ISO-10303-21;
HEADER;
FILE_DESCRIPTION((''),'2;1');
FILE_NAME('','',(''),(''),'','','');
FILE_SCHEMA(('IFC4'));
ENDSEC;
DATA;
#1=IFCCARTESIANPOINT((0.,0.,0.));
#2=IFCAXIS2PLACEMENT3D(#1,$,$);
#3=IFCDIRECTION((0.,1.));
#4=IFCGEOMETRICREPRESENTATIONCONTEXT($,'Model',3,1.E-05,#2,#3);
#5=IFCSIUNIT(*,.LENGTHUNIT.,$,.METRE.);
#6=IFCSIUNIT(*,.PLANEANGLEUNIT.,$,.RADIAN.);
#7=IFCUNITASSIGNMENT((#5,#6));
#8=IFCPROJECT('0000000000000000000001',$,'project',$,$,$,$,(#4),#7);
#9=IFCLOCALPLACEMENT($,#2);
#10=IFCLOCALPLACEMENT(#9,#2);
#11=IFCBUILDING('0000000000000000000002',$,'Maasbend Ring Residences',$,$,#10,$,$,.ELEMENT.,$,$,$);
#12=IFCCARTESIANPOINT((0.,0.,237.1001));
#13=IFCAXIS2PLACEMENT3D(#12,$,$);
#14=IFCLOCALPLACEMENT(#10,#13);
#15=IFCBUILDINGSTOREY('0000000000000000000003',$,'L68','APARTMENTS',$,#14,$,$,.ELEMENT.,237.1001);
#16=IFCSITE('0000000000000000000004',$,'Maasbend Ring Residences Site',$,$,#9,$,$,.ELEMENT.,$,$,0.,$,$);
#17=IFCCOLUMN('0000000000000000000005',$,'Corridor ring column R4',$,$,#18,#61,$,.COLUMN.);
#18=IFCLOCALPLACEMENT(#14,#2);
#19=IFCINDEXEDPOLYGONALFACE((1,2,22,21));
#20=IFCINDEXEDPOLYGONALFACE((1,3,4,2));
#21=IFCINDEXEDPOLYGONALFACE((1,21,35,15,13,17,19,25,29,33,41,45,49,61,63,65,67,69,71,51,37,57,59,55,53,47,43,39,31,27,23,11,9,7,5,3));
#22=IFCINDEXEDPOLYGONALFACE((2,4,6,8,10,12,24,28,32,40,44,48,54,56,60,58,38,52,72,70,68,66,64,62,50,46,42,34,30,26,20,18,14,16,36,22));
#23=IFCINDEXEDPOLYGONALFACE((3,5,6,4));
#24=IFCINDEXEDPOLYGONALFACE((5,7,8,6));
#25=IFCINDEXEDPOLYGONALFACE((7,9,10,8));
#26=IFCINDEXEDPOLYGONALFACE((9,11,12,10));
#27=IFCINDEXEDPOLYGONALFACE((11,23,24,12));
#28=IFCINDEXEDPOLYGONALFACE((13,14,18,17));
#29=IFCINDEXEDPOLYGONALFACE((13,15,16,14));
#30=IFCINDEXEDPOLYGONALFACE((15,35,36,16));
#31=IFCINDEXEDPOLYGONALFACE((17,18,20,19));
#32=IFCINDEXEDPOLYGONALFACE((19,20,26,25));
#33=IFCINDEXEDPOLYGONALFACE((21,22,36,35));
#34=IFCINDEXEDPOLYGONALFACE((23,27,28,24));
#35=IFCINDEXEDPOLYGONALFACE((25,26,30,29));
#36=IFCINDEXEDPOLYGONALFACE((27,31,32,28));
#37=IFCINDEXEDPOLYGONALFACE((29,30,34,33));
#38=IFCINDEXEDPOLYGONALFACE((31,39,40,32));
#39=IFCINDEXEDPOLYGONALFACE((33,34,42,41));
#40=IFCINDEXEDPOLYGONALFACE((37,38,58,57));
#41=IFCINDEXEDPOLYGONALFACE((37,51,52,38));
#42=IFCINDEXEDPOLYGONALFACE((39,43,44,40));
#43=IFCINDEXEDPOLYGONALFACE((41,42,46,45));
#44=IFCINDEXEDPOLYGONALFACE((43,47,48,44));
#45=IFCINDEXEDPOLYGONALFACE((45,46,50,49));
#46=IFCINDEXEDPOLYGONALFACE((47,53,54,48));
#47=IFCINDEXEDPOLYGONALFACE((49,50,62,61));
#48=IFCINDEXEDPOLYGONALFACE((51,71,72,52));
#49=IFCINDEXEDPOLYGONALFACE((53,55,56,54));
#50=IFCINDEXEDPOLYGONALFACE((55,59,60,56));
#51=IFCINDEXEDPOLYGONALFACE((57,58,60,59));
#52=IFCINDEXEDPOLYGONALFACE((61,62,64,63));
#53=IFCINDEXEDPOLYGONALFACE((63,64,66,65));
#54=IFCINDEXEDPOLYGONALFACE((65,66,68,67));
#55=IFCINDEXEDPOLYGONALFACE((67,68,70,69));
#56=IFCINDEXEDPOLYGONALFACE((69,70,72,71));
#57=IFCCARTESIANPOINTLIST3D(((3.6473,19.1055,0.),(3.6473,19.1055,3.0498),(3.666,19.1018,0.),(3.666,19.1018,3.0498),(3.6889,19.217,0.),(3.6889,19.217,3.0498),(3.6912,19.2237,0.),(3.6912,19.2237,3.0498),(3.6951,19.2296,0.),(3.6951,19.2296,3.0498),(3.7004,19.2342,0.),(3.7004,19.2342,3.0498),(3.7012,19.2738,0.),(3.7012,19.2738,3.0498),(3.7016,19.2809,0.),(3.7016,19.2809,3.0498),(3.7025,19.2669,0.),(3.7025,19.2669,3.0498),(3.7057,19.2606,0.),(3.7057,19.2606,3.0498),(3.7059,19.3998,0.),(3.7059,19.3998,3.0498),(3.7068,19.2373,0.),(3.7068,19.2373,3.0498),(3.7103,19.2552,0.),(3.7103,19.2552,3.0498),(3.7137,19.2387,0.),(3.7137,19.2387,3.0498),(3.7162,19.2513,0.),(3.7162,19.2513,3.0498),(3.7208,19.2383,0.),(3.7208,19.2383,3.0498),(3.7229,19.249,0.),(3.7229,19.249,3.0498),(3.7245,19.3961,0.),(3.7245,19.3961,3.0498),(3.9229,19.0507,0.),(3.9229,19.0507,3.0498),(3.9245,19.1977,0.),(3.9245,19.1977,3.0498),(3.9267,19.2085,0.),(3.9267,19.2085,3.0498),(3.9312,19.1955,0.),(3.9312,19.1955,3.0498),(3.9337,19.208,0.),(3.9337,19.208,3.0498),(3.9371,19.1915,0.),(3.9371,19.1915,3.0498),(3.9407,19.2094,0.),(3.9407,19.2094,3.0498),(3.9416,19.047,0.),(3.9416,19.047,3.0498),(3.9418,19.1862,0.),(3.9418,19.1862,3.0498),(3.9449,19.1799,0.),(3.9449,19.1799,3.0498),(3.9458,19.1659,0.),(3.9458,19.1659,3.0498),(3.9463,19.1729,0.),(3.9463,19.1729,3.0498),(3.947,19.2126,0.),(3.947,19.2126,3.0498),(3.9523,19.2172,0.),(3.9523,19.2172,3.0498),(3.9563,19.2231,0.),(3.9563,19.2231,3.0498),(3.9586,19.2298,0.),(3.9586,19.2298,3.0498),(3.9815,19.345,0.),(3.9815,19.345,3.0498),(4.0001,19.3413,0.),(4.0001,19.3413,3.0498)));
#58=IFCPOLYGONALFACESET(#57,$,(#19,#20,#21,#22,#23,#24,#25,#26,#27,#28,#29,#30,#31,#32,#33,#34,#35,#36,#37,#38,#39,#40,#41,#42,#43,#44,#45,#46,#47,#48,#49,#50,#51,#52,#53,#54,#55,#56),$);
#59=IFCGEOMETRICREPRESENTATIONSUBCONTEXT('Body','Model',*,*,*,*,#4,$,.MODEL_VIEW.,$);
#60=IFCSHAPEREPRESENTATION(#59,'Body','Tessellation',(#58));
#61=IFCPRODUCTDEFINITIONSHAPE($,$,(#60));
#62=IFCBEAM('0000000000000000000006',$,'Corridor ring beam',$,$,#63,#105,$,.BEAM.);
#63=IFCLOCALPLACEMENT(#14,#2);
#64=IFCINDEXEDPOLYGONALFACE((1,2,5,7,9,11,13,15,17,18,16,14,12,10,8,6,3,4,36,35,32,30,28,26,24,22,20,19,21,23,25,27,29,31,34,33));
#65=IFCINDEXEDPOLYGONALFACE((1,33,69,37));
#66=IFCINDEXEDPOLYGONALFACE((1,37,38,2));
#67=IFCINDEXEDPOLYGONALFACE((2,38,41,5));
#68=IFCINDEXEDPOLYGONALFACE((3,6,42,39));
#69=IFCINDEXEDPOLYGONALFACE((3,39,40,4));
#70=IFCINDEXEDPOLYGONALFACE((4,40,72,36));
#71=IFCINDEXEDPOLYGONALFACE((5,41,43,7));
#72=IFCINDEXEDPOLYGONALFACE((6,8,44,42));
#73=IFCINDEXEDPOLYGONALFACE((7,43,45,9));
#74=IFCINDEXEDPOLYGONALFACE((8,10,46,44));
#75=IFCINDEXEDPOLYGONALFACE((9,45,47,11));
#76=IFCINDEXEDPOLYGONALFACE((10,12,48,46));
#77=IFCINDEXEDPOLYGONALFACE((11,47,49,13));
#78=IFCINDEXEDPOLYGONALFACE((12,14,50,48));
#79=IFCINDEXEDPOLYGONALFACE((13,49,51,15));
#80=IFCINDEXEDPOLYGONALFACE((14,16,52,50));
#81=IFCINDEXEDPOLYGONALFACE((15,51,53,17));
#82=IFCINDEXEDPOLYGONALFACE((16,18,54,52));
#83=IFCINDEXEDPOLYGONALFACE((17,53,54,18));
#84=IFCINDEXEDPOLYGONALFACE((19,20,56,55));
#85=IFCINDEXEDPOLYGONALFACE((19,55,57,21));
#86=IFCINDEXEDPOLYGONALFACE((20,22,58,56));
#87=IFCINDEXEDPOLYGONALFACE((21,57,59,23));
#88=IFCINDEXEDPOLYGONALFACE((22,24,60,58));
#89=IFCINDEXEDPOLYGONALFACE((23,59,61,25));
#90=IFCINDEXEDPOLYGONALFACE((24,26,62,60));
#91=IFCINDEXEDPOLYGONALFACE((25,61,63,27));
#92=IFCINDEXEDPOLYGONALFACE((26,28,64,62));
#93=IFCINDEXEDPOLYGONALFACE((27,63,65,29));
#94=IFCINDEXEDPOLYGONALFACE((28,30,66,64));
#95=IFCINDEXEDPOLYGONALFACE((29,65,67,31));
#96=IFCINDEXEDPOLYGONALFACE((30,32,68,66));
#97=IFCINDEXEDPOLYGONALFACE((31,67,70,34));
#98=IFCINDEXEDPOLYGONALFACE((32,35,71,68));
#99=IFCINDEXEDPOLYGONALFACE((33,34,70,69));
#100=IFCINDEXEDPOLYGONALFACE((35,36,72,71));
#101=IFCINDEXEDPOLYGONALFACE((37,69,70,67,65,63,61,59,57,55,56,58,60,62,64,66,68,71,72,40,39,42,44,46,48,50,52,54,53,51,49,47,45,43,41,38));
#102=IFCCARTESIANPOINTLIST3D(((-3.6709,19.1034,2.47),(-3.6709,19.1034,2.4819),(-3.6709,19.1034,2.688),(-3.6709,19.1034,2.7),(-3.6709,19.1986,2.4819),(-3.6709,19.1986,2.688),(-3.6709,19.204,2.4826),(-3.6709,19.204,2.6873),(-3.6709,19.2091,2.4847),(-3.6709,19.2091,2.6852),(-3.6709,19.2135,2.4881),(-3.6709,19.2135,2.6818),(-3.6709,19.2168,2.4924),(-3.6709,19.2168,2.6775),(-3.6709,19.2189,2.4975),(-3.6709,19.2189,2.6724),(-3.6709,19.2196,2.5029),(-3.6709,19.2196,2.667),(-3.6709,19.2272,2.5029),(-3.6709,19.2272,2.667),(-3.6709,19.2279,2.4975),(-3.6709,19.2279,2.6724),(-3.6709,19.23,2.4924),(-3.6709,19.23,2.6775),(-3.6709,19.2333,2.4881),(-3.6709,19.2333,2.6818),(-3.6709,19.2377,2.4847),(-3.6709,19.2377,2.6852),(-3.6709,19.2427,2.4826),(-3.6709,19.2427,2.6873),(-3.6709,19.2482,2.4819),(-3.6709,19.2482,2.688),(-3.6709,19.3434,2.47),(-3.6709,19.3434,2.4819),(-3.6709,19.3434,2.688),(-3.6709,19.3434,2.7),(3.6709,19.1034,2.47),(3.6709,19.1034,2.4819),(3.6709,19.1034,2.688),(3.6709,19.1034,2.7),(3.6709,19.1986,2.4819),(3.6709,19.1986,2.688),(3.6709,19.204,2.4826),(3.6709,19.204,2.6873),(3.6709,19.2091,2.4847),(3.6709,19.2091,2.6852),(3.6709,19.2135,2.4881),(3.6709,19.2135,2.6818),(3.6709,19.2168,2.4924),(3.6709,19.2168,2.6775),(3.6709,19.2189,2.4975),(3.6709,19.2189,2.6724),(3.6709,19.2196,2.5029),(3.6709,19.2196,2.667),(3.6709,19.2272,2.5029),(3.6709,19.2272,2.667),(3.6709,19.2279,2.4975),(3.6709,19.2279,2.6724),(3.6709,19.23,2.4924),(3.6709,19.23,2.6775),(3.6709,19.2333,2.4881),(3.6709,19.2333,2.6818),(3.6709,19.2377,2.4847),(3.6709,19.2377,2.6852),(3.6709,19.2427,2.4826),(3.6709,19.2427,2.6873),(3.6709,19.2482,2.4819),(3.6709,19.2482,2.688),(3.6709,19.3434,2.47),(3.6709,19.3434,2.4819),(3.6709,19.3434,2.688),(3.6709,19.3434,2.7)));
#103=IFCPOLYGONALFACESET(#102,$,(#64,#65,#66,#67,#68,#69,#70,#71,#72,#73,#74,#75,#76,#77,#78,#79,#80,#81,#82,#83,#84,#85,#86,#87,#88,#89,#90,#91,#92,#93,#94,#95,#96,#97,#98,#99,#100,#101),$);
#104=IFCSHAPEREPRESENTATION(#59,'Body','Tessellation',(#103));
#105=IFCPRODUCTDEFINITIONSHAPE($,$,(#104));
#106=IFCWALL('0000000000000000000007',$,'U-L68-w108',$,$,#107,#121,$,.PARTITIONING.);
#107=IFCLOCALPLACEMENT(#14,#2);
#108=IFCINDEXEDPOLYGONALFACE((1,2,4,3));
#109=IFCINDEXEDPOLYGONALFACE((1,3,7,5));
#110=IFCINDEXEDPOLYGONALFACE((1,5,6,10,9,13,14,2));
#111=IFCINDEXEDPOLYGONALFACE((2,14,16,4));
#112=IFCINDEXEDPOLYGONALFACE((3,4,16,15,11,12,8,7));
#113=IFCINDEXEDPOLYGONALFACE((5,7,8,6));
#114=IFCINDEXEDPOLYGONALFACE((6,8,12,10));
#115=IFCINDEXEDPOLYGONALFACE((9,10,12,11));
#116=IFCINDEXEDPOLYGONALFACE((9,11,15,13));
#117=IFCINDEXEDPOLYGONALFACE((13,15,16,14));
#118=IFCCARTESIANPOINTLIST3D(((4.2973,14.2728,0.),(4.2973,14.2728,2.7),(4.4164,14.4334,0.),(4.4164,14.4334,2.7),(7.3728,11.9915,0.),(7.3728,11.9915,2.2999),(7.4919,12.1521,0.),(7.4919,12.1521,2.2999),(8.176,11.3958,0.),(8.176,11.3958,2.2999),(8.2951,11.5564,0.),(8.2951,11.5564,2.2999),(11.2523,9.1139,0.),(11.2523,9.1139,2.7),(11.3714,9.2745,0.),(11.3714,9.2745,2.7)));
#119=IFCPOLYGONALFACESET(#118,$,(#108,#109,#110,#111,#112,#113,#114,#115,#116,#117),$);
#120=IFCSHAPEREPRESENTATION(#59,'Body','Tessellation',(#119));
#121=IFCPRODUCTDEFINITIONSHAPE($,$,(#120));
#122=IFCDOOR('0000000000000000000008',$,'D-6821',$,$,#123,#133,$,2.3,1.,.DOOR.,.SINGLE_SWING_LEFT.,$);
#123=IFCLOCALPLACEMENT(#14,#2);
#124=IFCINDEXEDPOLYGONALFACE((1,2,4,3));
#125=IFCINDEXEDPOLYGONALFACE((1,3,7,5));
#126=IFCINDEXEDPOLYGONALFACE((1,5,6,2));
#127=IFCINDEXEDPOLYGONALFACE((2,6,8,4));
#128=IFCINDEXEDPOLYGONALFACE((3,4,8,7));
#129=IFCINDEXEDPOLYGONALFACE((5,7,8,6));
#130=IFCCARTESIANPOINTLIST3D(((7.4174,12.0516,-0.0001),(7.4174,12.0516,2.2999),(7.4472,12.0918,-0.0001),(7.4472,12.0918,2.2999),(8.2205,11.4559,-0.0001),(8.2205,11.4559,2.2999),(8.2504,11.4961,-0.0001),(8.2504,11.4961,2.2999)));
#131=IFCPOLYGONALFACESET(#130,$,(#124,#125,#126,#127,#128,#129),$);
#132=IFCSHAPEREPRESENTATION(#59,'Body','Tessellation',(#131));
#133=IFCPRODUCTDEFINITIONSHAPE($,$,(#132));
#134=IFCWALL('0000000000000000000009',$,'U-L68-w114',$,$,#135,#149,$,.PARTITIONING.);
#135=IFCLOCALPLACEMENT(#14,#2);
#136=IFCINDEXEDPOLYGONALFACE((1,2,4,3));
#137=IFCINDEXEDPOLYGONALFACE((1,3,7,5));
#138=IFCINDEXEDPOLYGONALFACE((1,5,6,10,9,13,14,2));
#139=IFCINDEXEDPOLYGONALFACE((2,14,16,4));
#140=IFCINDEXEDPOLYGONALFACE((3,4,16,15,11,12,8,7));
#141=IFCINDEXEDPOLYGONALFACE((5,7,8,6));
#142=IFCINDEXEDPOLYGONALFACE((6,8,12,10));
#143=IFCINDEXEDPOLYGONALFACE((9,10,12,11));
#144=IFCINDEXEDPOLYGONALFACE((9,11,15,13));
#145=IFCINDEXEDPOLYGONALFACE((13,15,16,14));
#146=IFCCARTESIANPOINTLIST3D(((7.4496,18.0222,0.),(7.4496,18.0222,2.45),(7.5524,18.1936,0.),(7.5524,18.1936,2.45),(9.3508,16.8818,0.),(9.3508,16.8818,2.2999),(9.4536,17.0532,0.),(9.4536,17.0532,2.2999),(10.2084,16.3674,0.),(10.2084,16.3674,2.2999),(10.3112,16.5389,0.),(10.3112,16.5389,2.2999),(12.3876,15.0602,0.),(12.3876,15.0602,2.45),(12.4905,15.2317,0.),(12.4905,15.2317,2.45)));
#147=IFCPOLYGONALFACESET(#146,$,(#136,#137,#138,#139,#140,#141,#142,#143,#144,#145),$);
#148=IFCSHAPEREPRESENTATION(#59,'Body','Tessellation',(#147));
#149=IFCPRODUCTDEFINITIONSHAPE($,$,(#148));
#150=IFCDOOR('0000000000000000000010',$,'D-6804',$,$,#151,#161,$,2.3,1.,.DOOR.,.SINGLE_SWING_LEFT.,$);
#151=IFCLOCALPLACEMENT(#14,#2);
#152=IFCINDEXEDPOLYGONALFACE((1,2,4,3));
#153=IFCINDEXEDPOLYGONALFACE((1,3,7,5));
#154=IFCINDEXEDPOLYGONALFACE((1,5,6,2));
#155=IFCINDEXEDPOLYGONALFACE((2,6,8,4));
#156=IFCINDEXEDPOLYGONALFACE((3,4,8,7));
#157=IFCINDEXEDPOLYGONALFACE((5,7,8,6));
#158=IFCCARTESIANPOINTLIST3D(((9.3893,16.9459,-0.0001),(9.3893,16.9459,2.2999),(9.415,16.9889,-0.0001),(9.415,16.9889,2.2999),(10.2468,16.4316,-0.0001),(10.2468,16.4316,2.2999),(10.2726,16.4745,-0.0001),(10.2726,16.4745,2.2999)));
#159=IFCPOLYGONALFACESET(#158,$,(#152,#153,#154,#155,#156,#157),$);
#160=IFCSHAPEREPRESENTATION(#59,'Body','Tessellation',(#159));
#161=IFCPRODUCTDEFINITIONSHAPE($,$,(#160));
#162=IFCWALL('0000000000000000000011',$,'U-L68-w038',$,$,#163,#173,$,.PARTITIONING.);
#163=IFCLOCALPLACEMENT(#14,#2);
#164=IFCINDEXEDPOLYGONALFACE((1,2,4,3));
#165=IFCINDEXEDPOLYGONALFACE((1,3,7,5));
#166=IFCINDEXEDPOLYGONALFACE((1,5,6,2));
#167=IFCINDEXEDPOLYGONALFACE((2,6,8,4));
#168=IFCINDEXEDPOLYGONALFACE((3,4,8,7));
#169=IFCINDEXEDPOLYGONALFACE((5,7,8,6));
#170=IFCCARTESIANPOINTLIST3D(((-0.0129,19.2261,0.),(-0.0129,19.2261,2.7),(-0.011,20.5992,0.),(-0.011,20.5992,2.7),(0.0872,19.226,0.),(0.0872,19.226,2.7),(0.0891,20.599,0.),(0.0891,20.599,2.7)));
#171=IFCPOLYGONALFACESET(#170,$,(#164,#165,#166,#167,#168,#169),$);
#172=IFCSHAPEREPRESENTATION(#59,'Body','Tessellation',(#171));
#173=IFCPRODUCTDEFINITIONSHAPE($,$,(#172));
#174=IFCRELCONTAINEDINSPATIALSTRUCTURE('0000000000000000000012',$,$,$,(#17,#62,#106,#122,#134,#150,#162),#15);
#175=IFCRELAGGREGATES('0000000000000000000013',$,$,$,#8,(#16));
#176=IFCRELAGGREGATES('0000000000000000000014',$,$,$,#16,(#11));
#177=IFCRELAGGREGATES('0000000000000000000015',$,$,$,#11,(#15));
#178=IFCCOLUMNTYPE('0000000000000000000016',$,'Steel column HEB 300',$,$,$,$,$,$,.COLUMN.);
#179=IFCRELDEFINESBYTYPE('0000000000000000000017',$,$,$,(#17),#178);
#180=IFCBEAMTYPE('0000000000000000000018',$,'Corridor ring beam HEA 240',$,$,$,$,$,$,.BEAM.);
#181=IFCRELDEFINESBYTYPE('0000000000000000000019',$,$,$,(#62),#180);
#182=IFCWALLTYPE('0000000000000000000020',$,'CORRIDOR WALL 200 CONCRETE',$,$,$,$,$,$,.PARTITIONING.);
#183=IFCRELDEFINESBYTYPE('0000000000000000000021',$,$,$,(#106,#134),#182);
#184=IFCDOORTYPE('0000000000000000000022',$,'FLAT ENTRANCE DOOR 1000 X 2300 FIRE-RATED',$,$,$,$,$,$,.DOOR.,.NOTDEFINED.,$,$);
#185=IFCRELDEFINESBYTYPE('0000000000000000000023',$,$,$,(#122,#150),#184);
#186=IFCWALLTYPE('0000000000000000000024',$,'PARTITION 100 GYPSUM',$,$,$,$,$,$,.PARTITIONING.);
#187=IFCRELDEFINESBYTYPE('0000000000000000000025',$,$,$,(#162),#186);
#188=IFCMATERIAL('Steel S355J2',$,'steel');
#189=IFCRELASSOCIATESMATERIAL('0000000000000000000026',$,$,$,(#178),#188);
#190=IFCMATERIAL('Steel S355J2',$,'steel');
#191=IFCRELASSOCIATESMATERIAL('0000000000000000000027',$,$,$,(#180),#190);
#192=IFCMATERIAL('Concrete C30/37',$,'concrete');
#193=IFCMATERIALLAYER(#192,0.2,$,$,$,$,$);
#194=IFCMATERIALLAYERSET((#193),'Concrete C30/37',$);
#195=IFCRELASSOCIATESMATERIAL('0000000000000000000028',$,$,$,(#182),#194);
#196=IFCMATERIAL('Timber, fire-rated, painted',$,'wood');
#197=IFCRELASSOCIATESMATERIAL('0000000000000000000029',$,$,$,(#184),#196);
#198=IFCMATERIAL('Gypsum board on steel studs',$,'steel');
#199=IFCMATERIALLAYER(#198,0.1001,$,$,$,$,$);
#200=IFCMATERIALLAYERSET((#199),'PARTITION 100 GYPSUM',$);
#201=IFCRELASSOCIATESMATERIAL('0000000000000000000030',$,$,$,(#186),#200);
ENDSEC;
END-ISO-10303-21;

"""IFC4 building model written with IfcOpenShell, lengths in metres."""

from ifc_helpers import new_model, si_unit, direction, frame, frame_2d, origin, origin_2d, place, context, subcontext, project, spatial, rectangle, i_section, extrude, material, layer, layer_set, material_profile, profile_set, type_object, element, fill, save


model = new_model("IFC4")

# Units and contexts
model_context = context("Model", 3, precision=1e-05, world=origin(), true_north=direction((0.0, 1.0)))
body_context = subcontext(model_context, "Body", "Model", "MODEL_VIEW")
ifc_project = project(units=[si_unit("LENGTHUNIT", "METRE"), si_unit("PLANEANGLEUNIT", "RADIAN")], contexts=[model_context])

# Site, building, storey
site_placement = place(None, origin())
site = spatial("IfcSite", under=ifc_project, at=site_placement, Name="Maasbend Ring Residences Site", CompositionType="ELEMENT", RefElevation=0.0)
building_placement = place(site_placement, origin())
building = spatial("IfcBuilding", under=site, at=building_placement, Name="Maasbend Ring Residences", CompositionType="ELEMENT")
storey_placement = place(building_placement, frame((0.0, 0.0, 237.1001)))
storey = spatial("IfcBuildingStorey", under=building, at=storey_placement, Name="L68", Description="APARTMENTS", CompositionType="ELEMENT", Elevation=237.1001)

# Column
ifc_material_1 = material(Name="Steel S355J2", Category="steel")
ifc_material_profile_1 = material_profile(ifc_material_1, i_section(OverallWidth=0.3, OverallDepth=0.3, WebThickness=0.011, FlangeThickness=0.019, FilletRadius=0.0271, at=origin_2d()), Name="HEB 300")
ifc_profile_set_1 = profile_set([ifc_material_profile_1], Name="Steel S355J2")
column_type = type_object("IfcColumnType", Name="Steel column HEB 300", PredefinedType="COLUMN", material=ifc_profile_set_1)
column_placement = place(storey_placement, frame((3.8237, 19.2234, 0.0), z_axis=(0.0, 0.0, 1.0), x_axis=(0.19509, 0.980785, 0.0)))
element("IfcColumn", 1, at=column_placement, inside=storey, type_object=column_type, Name="Corridor ring column R4", PredefinedType="COLUMN", context=body_context, shape_type="SweptSolid", body=[
    extrude(i_section(OverallWidth=0.3, OverallDepth=0.3, WebThickness=0.011, FlangeThickness=0.019, FilletRadius=0.0271, at=origin_2d()), origin(), (0.0, 0.0, 1.0), 3.0498),
])

# Beam
ifc_material_2 = material(Name="Steel S355J2", Category="steel")
ifc_material_profile_2 = material_profile(ifc_material_2, i_section(OverallWidth=0.24, OverallDepth=0.23, WebThickness=0.0076, FlangeThickness=0.012, FilletRadius=0.021, at=origin_2d()), Name="HEA 240")
ifc_profile_set_2 = profile_set([ifc_material_profile_2], Name="Steel S355J2")
beam_type = type_object("IfcBeamType", Name="Corridor ring beam HEA 240", PredefinedType="BEAM", material=ifc_profile_set_2)
beam_placement = place(storey_placement, frame((3.6709, 19.2234, 2.585), z_axis=(-1.0, 0.0, 0.0), x_axis=(0.0, -1.0, 0.0)))
element("IfcBeam", 2, at=beam_placement, inside=storey, type_object=beam_type, Name="Corridor ring beam", PredefinedType="BEAM", context=body_context, shape_type="SweptSolid", body=[
    extrude(i_section(OverallWidth=0.24, OverallDepth=0.23, WebThickness=0.0076, FlangeThickness=0.012, FilletRadius=0.021, at=origin_2d()), origin(), (0.0, 0.0, 1.0), 7.3418),
])

# Walls, openings, doors
ifc_material_3 = material(Name="Concrete C30/37", Category="concrete")
ifc_layer_1 = layer(ifc_material_3, 0.2)
ifc_layer_set_1 = layer_set([ifc_layer_1], Name="Concrete C30/37")
wall_type_1 = type_object("IfcWallType", Name="CORRIDOR WALL 200 CONCRETE", PredefinedType="PARTITIONING", material=ifc_layer_set_1)
wall_1_placement = place(storey_placement, frame((4.3569, 14.353, 0.0), z_axis=(0.0, 0.0, 1.0), x_axis=(0.803169, -0.595751, 0.0)))
wall_1 = element("IfcWall", 3, at=wall_1_placement, inside=storey, type_object=wall_type_1, Name="U-L68-w108", PredefinedType="PARTITIONING", context=body_context, shape_type="SweptSolid", body=[
    extrude(rectangle(XDim=8.6594, YDim=0.2, at=frame_2d((4.3296, 0.0))), origin(), (0.0, 0.0, 1.0), 2.7),
])
opening_1_placement = place(wall_1_placement, frame((3.8291, 0.0, 0.0)))
opening_1 = element("IfcOpeningElement", 4, at=opening_1_placement, cuts=wall_1, PredefinedType="OPENING", context=body_context, shape_type="SweptSolid", body=[
    extrude(rectangle(XDim=1.0, YDim=2.3, at=frame_2d((0.5, 1.1499))), frame((0.0, 0.1099, 0.0), z_axis=(0.0, -1.0, 0.0), x_axis=(1.0, 0.0, 0.0)), (0.0, 0.0, 1.0), 0.22),
])
ifc_material_4 = material(Name="Timber, fire-rated, painted", Category="wood")
door_type_1 = type_object("IfcDoorType", Name="FLAT ENTRANCE DOOR 1000 X 2300 FIRE-RATED", OperationType="NOTDEFINED", PredefinedType="DOOR", material=ifc_material_4)
door_1_placement = place(opening_1_placement, origin())
door_1 = element("IfcDoor", 5, at=door_1_placement, inside=storey, type_object=door_type_1, Name="D-6821", OperationType="SINGLE_SWING_LEFT", OverallHeight=2.3, OverallWidth=1.0, PredefinedType="DOOR", context=body_context, shape_type="SweptSolid", body=[
    extrude(rectangle(XDim=1.0, YDim=2.3, at=frame_2d((0.5, 1.1499))), frame((0.0, 0.0249, 0.0), z_axis=(0.0, -1.0, 0.0), x_axis=(1.0, 0.0, 0.0)), (0.0, 0.0, 1.0), 0.05),
])
fill(opening_1, door_1)
wall_2_placement = place(storey_placement, frame((7.501, 18.1079, 0.0), z_axis=(0.0, 0.0, 1.0), x_axis=(0.85756, -0.514384, 0.0)))
wall_2 = element("IfcWall", 6, at=wall_2_placement, inside=storey, type_object=wall_type_1, Name="U-L68-w114", PredefinedType="PARTITIONING", context=body_context, shape_type="SweptSolid", body=[
    extrude(rectangle(XDim=5.7583, YDim=0.2, at=frame_2d((2.8792, 0.0))), origin(), (0.0, 0.0, 1.0), 2.45),
])
opening_2_placement = place(wall_2_placement, frame((2.217, 0.0, 0.0)))
opening_2 = element("IfcOpeningElement", 7, at=opening_2_placement, cuts=wall_2, PredefinedType="OPENING", context=body_context, shape_type="SweptSolid", body=[
    extrude(rectangle(XDim=1.0, YDim=2.3, at=frame_2d((0.5, 1.1499))), frame((0.0, 0.1099, 0.0), z_axis=(0.0, -1.0, 0.0), x_axis=(1.0, 0.0, 0.0)), (0.0, 0.0, 1.0), 0.22),
])
door_2_placement = place(opening_2_placement, origin())
door_2 = element("IfcDoor", 8, at=door_2_placement, inside=storey, type_object=door_type_1, Name="D-6804", OperationType="SINGLE_SWING_LEFT", OverallHeight=2.3, OverallWidth=1.0, PredefinedType="DOOR", context=body_context, shape_type="SweptSolid", body=[
    extrude(rectangle(XDim=1.0, YDim=2.3, at=frame_2d((0.5, 1.1499))), frame((0.0, 0.0249, 0.0), z_axis=(0.0, -1.0, 0.0), x_axis=(1.0, 0.0, 0.0)), (0.0, 0.0, 1.0), 0.05),
])
fill(opening_2, door_2)

# Wall
ifc_material_5 = material(Name="Gypsum board on steel studs", Category="steel")
ifc_layer_2 = layer(ifc_material_5, 0.1001)
ifc_layer_set_2 = layer_set([ifc_layer_2], Name="PARTITION 100 GYPSUM")
wall_type_2 = type_object("IfcWallType", Name="PARTITION 100 GYPSUM", PredefinedType="PARTITIONING", material=ifc_layer_set_2)
wall_3_placement = place(storey_placement, frame((0.0371, 19.2261, 0.0), z_axis=(0.0, 0.0, 1.0), x_axis=(0.001422, 0.999999, 0.0)))
element("IfcWall", 9, at=wall_3_placement, inside=storey, type_object=wall_type_2, Name="U-L68-w038", PredefinedType="PARTITIONING", context=body_context, shape_type="SweptSolid", body=[
    extrude(rectangle(XDim=1.373, YDim=0.1001, at=frame_2d((0.6865, 0.0))), origin(), (0.0, 0.0, 1.0), 2.7),
])

save(model, "model.ifc")
